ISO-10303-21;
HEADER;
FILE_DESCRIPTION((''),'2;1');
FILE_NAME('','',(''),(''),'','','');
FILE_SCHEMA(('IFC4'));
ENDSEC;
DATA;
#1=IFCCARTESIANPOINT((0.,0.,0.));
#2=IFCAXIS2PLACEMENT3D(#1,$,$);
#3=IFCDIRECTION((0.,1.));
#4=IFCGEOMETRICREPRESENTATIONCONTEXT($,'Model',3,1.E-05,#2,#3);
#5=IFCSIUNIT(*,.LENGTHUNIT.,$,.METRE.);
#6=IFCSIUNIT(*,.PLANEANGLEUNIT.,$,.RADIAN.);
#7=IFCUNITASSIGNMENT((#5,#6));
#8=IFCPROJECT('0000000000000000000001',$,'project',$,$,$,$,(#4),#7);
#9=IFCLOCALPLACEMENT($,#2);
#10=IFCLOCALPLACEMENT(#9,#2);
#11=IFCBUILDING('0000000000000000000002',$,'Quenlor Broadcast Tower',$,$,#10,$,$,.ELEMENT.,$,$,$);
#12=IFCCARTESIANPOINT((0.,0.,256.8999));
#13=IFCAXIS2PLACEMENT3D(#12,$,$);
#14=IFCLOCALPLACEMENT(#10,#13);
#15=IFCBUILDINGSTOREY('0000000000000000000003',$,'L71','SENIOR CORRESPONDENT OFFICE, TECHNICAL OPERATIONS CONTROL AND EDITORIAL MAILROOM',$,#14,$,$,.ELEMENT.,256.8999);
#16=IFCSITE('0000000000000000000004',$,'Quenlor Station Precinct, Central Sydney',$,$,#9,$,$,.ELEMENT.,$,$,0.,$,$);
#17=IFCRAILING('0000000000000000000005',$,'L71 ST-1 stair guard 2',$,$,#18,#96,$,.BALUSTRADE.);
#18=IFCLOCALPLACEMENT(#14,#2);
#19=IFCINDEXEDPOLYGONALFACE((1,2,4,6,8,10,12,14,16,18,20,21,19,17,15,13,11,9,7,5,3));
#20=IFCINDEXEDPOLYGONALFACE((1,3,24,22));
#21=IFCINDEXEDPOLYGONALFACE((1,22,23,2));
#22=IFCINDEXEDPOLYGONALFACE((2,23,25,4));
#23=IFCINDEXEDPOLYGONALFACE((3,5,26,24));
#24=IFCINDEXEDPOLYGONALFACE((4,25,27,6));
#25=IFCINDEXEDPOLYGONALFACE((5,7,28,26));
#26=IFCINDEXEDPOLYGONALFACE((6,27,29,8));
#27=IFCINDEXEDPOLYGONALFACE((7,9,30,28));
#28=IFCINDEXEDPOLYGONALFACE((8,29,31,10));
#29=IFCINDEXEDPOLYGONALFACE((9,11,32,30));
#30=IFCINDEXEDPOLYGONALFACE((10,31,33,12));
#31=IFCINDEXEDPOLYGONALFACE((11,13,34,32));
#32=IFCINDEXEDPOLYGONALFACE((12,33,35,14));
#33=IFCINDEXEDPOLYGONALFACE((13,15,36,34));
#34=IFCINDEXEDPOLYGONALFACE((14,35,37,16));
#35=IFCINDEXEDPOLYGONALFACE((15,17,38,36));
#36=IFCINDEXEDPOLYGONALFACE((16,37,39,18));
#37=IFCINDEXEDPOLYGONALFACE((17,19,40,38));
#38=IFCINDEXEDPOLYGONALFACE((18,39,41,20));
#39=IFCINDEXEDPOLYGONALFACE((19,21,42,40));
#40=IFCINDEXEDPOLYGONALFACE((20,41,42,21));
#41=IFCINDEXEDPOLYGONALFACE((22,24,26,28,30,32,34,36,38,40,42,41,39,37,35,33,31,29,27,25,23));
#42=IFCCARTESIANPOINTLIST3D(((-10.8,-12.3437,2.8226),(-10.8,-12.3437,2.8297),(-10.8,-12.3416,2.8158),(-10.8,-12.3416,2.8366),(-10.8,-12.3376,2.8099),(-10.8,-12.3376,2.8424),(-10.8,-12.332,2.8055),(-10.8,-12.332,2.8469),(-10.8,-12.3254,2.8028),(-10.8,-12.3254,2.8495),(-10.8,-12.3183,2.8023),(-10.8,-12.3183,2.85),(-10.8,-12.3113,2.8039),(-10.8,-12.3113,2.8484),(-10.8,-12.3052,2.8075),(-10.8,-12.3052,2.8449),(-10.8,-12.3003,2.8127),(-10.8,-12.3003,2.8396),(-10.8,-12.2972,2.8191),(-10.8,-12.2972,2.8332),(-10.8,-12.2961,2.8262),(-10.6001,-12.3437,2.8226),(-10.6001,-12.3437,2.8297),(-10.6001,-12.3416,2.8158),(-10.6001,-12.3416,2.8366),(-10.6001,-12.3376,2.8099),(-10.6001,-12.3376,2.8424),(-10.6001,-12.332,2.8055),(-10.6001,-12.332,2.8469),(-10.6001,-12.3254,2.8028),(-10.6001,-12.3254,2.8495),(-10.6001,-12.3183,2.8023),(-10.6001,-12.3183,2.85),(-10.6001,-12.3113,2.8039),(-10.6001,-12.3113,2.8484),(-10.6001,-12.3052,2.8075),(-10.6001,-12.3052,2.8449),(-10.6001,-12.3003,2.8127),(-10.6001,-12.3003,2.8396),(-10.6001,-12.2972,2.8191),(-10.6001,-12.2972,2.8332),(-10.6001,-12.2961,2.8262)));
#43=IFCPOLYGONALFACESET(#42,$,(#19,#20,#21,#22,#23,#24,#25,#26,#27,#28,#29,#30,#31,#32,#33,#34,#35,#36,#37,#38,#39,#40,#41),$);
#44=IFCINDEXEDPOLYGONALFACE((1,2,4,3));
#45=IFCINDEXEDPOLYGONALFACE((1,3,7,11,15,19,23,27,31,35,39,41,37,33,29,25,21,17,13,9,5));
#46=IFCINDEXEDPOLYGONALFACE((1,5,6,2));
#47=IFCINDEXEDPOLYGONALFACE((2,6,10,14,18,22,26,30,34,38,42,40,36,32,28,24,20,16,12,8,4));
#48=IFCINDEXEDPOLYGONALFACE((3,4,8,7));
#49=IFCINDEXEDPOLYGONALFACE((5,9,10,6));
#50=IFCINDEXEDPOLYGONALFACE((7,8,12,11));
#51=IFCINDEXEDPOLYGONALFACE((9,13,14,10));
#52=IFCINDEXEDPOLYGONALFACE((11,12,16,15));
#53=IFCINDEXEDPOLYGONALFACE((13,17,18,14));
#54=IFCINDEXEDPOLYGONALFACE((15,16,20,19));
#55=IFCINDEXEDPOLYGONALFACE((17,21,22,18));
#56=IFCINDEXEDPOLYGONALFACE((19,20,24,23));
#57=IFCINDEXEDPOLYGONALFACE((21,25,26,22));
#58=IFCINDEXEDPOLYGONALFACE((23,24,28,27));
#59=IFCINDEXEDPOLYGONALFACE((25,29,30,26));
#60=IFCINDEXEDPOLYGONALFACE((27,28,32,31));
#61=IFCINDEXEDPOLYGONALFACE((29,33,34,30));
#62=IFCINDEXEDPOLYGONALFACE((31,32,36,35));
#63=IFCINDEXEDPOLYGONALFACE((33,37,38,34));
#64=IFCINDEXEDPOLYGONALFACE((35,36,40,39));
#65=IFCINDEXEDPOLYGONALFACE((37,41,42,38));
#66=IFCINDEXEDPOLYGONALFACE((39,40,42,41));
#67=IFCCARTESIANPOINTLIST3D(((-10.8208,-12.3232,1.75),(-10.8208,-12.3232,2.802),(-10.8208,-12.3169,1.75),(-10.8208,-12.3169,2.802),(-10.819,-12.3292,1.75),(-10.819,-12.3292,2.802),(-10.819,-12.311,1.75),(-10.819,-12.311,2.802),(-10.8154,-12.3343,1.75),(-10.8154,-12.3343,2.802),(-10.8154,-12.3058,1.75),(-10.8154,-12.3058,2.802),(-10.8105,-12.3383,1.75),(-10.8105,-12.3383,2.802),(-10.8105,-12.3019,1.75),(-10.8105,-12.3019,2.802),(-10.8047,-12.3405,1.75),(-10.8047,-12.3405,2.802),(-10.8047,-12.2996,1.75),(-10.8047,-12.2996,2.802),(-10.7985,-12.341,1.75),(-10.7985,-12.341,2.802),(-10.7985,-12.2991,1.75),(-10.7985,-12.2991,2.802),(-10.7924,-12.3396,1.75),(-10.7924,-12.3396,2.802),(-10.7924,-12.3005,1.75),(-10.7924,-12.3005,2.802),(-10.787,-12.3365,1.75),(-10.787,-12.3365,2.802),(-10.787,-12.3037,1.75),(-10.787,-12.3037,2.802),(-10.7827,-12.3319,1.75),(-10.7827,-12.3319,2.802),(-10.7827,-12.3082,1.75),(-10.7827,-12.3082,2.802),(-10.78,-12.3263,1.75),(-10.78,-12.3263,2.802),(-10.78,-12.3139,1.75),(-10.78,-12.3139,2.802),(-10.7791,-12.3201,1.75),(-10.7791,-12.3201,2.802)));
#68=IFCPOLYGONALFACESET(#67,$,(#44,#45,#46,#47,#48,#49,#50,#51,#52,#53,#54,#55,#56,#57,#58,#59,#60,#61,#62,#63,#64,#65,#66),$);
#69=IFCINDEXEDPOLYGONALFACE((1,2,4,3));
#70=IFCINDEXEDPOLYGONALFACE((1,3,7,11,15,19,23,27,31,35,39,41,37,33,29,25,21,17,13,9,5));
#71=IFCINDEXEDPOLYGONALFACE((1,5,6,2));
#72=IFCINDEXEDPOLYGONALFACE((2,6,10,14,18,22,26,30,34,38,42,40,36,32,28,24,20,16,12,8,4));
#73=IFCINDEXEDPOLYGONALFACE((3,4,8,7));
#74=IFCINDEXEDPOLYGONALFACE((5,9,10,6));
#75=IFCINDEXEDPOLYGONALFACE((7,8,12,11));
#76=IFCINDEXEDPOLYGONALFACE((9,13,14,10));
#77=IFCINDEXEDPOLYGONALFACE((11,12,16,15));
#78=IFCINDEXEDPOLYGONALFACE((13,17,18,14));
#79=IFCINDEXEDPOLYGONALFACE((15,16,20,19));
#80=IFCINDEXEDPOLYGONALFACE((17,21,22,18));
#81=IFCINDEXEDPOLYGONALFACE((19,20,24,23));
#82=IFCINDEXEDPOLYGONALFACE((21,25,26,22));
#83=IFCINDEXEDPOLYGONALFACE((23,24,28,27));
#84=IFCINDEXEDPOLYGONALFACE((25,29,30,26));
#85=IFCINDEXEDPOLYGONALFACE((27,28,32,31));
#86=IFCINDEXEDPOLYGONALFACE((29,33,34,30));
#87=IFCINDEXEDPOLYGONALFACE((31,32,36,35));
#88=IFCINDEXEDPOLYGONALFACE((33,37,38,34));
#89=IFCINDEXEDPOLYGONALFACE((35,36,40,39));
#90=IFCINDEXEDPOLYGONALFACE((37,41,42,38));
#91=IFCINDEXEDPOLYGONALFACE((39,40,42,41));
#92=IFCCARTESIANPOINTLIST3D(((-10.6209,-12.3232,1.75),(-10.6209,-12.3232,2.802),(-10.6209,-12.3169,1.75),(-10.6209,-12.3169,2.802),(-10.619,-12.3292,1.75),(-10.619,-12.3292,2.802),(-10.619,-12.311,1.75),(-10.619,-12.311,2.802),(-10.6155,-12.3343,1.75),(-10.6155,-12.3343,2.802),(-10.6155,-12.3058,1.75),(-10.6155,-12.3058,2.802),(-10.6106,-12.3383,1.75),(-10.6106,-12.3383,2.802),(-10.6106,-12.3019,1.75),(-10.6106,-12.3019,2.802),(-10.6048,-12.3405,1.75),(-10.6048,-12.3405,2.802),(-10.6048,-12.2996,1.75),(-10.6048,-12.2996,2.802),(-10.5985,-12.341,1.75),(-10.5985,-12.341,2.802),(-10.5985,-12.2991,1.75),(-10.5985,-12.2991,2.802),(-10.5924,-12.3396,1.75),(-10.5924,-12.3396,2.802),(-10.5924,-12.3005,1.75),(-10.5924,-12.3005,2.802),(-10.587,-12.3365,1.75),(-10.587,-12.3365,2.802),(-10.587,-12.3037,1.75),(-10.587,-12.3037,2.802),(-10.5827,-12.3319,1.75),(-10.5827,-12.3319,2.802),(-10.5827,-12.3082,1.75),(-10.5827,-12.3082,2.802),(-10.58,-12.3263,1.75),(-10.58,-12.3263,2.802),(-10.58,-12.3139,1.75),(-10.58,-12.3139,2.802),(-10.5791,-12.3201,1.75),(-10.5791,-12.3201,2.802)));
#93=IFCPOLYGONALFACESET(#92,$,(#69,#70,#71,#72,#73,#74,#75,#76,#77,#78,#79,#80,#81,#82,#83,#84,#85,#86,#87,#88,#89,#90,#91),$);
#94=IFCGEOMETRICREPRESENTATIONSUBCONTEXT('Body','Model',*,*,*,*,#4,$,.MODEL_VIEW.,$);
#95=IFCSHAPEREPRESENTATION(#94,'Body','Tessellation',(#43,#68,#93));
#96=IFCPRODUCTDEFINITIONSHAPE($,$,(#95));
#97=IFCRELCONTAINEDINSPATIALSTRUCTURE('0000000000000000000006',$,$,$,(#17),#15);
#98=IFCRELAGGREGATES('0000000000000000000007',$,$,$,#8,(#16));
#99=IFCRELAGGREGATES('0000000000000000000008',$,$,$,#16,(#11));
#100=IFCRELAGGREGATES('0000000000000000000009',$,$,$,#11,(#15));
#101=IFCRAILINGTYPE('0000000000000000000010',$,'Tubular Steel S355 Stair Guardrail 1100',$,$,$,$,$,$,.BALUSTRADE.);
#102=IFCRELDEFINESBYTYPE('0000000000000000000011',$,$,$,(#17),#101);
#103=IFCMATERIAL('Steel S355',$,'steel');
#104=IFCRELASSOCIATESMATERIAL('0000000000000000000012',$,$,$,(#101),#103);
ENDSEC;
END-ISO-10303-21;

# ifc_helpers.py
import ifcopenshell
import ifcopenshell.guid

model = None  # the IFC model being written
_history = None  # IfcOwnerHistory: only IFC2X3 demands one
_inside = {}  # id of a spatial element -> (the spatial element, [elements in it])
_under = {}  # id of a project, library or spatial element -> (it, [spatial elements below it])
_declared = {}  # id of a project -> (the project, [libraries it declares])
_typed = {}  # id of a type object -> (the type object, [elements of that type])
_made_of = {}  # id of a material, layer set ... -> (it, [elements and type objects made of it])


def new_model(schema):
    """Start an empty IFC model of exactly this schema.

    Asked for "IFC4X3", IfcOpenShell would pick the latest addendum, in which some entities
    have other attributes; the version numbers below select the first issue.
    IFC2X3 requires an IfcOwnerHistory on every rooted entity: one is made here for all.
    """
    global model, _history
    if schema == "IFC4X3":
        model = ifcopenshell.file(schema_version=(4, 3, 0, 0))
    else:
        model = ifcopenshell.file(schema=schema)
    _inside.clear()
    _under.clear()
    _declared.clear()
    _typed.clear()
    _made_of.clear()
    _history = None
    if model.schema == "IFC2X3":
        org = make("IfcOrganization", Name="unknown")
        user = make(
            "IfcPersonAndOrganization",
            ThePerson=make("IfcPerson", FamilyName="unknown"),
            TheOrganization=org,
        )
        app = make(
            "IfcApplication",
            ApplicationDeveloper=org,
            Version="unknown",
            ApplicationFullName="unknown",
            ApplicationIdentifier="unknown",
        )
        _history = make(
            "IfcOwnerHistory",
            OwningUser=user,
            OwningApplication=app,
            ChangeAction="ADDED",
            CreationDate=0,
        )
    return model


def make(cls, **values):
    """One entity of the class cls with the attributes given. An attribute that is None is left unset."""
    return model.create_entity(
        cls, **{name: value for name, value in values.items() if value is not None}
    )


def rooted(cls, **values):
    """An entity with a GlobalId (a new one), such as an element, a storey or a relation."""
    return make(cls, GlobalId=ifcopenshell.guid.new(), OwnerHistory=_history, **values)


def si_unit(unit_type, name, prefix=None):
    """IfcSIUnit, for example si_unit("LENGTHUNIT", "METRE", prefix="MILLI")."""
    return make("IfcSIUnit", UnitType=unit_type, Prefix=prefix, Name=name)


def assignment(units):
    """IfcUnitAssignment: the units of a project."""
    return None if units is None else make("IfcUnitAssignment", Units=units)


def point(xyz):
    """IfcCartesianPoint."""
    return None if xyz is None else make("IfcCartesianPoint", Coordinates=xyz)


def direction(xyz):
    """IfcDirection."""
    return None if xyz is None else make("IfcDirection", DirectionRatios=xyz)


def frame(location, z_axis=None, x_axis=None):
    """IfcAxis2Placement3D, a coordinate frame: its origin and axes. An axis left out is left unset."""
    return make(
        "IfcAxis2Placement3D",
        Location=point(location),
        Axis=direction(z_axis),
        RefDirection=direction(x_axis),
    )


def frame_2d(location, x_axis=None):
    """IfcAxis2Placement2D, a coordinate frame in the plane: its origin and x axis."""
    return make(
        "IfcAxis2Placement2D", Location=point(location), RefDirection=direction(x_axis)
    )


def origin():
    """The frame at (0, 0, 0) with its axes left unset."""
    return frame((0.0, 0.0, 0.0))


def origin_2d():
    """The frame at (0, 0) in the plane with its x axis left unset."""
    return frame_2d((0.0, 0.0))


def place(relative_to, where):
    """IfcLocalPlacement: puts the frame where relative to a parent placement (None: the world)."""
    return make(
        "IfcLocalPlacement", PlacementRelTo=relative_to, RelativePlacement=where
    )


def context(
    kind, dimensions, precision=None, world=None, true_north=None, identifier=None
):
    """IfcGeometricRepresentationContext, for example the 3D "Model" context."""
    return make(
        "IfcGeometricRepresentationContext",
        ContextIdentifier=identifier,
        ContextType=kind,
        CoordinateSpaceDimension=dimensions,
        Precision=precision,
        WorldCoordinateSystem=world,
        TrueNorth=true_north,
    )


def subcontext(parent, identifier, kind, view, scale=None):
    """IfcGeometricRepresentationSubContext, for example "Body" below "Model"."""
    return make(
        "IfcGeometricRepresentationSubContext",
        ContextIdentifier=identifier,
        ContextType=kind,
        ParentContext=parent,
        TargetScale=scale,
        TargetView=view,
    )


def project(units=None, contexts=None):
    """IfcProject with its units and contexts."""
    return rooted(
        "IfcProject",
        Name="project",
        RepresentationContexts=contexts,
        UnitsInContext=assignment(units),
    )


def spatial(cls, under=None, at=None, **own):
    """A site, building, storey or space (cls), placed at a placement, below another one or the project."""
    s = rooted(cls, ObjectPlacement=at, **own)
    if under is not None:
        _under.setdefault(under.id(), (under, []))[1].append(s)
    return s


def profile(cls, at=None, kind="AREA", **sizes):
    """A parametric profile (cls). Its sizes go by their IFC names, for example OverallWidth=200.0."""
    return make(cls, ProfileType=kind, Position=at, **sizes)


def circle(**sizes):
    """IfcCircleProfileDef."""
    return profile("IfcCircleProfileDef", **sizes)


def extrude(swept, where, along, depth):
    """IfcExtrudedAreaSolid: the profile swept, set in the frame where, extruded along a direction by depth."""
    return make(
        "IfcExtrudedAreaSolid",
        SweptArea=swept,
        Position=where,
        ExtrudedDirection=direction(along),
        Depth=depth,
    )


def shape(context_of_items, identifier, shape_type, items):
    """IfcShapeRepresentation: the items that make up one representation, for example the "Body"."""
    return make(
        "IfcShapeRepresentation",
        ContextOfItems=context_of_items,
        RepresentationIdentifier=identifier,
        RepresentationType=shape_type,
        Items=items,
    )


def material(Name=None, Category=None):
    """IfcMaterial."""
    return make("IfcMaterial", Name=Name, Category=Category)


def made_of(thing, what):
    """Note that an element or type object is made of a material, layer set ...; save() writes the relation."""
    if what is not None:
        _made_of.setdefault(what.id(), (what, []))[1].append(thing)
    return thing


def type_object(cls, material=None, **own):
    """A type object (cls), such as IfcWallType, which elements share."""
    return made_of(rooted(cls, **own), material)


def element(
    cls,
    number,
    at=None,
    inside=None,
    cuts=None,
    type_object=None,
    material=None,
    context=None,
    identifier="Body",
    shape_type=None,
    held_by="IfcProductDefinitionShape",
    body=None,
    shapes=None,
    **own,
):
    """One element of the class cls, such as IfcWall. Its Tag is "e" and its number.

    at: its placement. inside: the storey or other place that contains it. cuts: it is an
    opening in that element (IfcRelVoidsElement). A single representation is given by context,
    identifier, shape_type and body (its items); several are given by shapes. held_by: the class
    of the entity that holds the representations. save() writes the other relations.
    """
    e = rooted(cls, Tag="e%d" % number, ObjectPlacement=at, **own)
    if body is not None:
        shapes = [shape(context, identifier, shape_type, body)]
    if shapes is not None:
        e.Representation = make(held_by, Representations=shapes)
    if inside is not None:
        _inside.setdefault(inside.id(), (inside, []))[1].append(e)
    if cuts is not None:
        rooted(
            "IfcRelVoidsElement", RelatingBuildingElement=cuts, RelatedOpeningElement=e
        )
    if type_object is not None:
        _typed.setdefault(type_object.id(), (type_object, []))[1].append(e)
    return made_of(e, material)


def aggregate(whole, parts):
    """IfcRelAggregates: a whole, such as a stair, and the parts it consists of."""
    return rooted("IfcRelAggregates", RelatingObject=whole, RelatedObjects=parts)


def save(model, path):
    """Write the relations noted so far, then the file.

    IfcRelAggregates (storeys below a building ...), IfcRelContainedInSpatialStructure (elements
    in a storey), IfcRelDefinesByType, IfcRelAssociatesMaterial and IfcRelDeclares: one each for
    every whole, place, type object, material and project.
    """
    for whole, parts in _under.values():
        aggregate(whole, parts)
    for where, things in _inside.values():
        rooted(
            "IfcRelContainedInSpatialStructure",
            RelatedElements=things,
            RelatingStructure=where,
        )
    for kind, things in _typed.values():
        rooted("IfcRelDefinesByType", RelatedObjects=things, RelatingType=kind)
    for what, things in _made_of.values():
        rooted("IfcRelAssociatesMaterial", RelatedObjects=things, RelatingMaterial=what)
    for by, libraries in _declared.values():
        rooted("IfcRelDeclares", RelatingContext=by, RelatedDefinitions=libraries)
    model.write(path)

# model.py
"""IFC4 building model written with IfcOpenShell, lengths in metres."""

from ifc_helpers import new_model, si_unit, direction, frame, origin, origin_2d, place, context, subcontext, project, spatial, circle, extrude, material, type_object, element, save


model = new_model("IFC4")

# Units and contexts
model_context = context("Model", 3, precision=1e-05, world=origin(), true_north=direction((0.0, 1.0)))
body_context = subcontext(model_context, "Body", "Model", "MODEL_VIEW")
ifc_project = project(units=[si_unit("LENGTHUNIT", "METRE"), si_unit("PLANEANGLEUNIT", "RADIAN")], contexts=[model_context])

# Site, building, storey
site_placement = place(None, origin())
site = spatial("IfcSite", under=ifc_project, at=site_placement, Name="Quenlor Station Precinct, Central Sydney", CompositionType="ELEMENT", RefElevation=0.0)
building_placement = place(site_placement, origin())
building = spatial("IfcBuilding", under=site, at=building_placement, Name="Quenlor Broadcast Tower", CompositionType="ELEMENT")
storey_placement = place(building_placement, frame((0.0, 0.0, 256.8999)))
storey = spatial("IfcBuildingStorey", under=building, at=storey_placement, Name="L71", Description="SENIOR CORRESPONDENT OFFICE, TECHNICAL OPERATIONS CONTROL AND EDITORIAL MAILROOM", CompositionType="ELEMENT", Elevation=256.8999)

# Railing
ifc_material_1 = material(Name="Steel S355", Category="steel")
railing_type_1 = type_object("IfcRailingType", Name="Tubular Steel S355 Stair Guardrail 1100", PredefinedType="BALUSTRADE", material=ifc_material_1)
railing_1_placement = place(storey_placement, frame((-10.8, -12.3201, 1.75)))
element("IfcRailing", 1, at=railing_1_placement, inside=storey, type_object=railing_type_1, Name="L71 ST-1 stair guard 2", PredefinedType="BALUSTRADE", context=body_context, shape_type="SweptSolid", body=[
    extrude(circle(Radius=0.0239, at=origin_2d()), frame((0.0, 0.0, 1.0762), z_axis=(1.0, 0.0, 0.0), x_axis=(0.0, 1.0, 0.0)), (0.0, 0.0, 1.0), 0.2),
    extrude(circle(Radius=0.021, at=origin_2d()), origin(), (0.0, 0.0, 1.0), 1.052),
    extrude(circle(Radius=0.021, at=origin_2d()), frame((0.2, 0.0, 0.0)), (0.0, 0.0, 1.0), 1.052),
])

save(model, "model.ifc")
